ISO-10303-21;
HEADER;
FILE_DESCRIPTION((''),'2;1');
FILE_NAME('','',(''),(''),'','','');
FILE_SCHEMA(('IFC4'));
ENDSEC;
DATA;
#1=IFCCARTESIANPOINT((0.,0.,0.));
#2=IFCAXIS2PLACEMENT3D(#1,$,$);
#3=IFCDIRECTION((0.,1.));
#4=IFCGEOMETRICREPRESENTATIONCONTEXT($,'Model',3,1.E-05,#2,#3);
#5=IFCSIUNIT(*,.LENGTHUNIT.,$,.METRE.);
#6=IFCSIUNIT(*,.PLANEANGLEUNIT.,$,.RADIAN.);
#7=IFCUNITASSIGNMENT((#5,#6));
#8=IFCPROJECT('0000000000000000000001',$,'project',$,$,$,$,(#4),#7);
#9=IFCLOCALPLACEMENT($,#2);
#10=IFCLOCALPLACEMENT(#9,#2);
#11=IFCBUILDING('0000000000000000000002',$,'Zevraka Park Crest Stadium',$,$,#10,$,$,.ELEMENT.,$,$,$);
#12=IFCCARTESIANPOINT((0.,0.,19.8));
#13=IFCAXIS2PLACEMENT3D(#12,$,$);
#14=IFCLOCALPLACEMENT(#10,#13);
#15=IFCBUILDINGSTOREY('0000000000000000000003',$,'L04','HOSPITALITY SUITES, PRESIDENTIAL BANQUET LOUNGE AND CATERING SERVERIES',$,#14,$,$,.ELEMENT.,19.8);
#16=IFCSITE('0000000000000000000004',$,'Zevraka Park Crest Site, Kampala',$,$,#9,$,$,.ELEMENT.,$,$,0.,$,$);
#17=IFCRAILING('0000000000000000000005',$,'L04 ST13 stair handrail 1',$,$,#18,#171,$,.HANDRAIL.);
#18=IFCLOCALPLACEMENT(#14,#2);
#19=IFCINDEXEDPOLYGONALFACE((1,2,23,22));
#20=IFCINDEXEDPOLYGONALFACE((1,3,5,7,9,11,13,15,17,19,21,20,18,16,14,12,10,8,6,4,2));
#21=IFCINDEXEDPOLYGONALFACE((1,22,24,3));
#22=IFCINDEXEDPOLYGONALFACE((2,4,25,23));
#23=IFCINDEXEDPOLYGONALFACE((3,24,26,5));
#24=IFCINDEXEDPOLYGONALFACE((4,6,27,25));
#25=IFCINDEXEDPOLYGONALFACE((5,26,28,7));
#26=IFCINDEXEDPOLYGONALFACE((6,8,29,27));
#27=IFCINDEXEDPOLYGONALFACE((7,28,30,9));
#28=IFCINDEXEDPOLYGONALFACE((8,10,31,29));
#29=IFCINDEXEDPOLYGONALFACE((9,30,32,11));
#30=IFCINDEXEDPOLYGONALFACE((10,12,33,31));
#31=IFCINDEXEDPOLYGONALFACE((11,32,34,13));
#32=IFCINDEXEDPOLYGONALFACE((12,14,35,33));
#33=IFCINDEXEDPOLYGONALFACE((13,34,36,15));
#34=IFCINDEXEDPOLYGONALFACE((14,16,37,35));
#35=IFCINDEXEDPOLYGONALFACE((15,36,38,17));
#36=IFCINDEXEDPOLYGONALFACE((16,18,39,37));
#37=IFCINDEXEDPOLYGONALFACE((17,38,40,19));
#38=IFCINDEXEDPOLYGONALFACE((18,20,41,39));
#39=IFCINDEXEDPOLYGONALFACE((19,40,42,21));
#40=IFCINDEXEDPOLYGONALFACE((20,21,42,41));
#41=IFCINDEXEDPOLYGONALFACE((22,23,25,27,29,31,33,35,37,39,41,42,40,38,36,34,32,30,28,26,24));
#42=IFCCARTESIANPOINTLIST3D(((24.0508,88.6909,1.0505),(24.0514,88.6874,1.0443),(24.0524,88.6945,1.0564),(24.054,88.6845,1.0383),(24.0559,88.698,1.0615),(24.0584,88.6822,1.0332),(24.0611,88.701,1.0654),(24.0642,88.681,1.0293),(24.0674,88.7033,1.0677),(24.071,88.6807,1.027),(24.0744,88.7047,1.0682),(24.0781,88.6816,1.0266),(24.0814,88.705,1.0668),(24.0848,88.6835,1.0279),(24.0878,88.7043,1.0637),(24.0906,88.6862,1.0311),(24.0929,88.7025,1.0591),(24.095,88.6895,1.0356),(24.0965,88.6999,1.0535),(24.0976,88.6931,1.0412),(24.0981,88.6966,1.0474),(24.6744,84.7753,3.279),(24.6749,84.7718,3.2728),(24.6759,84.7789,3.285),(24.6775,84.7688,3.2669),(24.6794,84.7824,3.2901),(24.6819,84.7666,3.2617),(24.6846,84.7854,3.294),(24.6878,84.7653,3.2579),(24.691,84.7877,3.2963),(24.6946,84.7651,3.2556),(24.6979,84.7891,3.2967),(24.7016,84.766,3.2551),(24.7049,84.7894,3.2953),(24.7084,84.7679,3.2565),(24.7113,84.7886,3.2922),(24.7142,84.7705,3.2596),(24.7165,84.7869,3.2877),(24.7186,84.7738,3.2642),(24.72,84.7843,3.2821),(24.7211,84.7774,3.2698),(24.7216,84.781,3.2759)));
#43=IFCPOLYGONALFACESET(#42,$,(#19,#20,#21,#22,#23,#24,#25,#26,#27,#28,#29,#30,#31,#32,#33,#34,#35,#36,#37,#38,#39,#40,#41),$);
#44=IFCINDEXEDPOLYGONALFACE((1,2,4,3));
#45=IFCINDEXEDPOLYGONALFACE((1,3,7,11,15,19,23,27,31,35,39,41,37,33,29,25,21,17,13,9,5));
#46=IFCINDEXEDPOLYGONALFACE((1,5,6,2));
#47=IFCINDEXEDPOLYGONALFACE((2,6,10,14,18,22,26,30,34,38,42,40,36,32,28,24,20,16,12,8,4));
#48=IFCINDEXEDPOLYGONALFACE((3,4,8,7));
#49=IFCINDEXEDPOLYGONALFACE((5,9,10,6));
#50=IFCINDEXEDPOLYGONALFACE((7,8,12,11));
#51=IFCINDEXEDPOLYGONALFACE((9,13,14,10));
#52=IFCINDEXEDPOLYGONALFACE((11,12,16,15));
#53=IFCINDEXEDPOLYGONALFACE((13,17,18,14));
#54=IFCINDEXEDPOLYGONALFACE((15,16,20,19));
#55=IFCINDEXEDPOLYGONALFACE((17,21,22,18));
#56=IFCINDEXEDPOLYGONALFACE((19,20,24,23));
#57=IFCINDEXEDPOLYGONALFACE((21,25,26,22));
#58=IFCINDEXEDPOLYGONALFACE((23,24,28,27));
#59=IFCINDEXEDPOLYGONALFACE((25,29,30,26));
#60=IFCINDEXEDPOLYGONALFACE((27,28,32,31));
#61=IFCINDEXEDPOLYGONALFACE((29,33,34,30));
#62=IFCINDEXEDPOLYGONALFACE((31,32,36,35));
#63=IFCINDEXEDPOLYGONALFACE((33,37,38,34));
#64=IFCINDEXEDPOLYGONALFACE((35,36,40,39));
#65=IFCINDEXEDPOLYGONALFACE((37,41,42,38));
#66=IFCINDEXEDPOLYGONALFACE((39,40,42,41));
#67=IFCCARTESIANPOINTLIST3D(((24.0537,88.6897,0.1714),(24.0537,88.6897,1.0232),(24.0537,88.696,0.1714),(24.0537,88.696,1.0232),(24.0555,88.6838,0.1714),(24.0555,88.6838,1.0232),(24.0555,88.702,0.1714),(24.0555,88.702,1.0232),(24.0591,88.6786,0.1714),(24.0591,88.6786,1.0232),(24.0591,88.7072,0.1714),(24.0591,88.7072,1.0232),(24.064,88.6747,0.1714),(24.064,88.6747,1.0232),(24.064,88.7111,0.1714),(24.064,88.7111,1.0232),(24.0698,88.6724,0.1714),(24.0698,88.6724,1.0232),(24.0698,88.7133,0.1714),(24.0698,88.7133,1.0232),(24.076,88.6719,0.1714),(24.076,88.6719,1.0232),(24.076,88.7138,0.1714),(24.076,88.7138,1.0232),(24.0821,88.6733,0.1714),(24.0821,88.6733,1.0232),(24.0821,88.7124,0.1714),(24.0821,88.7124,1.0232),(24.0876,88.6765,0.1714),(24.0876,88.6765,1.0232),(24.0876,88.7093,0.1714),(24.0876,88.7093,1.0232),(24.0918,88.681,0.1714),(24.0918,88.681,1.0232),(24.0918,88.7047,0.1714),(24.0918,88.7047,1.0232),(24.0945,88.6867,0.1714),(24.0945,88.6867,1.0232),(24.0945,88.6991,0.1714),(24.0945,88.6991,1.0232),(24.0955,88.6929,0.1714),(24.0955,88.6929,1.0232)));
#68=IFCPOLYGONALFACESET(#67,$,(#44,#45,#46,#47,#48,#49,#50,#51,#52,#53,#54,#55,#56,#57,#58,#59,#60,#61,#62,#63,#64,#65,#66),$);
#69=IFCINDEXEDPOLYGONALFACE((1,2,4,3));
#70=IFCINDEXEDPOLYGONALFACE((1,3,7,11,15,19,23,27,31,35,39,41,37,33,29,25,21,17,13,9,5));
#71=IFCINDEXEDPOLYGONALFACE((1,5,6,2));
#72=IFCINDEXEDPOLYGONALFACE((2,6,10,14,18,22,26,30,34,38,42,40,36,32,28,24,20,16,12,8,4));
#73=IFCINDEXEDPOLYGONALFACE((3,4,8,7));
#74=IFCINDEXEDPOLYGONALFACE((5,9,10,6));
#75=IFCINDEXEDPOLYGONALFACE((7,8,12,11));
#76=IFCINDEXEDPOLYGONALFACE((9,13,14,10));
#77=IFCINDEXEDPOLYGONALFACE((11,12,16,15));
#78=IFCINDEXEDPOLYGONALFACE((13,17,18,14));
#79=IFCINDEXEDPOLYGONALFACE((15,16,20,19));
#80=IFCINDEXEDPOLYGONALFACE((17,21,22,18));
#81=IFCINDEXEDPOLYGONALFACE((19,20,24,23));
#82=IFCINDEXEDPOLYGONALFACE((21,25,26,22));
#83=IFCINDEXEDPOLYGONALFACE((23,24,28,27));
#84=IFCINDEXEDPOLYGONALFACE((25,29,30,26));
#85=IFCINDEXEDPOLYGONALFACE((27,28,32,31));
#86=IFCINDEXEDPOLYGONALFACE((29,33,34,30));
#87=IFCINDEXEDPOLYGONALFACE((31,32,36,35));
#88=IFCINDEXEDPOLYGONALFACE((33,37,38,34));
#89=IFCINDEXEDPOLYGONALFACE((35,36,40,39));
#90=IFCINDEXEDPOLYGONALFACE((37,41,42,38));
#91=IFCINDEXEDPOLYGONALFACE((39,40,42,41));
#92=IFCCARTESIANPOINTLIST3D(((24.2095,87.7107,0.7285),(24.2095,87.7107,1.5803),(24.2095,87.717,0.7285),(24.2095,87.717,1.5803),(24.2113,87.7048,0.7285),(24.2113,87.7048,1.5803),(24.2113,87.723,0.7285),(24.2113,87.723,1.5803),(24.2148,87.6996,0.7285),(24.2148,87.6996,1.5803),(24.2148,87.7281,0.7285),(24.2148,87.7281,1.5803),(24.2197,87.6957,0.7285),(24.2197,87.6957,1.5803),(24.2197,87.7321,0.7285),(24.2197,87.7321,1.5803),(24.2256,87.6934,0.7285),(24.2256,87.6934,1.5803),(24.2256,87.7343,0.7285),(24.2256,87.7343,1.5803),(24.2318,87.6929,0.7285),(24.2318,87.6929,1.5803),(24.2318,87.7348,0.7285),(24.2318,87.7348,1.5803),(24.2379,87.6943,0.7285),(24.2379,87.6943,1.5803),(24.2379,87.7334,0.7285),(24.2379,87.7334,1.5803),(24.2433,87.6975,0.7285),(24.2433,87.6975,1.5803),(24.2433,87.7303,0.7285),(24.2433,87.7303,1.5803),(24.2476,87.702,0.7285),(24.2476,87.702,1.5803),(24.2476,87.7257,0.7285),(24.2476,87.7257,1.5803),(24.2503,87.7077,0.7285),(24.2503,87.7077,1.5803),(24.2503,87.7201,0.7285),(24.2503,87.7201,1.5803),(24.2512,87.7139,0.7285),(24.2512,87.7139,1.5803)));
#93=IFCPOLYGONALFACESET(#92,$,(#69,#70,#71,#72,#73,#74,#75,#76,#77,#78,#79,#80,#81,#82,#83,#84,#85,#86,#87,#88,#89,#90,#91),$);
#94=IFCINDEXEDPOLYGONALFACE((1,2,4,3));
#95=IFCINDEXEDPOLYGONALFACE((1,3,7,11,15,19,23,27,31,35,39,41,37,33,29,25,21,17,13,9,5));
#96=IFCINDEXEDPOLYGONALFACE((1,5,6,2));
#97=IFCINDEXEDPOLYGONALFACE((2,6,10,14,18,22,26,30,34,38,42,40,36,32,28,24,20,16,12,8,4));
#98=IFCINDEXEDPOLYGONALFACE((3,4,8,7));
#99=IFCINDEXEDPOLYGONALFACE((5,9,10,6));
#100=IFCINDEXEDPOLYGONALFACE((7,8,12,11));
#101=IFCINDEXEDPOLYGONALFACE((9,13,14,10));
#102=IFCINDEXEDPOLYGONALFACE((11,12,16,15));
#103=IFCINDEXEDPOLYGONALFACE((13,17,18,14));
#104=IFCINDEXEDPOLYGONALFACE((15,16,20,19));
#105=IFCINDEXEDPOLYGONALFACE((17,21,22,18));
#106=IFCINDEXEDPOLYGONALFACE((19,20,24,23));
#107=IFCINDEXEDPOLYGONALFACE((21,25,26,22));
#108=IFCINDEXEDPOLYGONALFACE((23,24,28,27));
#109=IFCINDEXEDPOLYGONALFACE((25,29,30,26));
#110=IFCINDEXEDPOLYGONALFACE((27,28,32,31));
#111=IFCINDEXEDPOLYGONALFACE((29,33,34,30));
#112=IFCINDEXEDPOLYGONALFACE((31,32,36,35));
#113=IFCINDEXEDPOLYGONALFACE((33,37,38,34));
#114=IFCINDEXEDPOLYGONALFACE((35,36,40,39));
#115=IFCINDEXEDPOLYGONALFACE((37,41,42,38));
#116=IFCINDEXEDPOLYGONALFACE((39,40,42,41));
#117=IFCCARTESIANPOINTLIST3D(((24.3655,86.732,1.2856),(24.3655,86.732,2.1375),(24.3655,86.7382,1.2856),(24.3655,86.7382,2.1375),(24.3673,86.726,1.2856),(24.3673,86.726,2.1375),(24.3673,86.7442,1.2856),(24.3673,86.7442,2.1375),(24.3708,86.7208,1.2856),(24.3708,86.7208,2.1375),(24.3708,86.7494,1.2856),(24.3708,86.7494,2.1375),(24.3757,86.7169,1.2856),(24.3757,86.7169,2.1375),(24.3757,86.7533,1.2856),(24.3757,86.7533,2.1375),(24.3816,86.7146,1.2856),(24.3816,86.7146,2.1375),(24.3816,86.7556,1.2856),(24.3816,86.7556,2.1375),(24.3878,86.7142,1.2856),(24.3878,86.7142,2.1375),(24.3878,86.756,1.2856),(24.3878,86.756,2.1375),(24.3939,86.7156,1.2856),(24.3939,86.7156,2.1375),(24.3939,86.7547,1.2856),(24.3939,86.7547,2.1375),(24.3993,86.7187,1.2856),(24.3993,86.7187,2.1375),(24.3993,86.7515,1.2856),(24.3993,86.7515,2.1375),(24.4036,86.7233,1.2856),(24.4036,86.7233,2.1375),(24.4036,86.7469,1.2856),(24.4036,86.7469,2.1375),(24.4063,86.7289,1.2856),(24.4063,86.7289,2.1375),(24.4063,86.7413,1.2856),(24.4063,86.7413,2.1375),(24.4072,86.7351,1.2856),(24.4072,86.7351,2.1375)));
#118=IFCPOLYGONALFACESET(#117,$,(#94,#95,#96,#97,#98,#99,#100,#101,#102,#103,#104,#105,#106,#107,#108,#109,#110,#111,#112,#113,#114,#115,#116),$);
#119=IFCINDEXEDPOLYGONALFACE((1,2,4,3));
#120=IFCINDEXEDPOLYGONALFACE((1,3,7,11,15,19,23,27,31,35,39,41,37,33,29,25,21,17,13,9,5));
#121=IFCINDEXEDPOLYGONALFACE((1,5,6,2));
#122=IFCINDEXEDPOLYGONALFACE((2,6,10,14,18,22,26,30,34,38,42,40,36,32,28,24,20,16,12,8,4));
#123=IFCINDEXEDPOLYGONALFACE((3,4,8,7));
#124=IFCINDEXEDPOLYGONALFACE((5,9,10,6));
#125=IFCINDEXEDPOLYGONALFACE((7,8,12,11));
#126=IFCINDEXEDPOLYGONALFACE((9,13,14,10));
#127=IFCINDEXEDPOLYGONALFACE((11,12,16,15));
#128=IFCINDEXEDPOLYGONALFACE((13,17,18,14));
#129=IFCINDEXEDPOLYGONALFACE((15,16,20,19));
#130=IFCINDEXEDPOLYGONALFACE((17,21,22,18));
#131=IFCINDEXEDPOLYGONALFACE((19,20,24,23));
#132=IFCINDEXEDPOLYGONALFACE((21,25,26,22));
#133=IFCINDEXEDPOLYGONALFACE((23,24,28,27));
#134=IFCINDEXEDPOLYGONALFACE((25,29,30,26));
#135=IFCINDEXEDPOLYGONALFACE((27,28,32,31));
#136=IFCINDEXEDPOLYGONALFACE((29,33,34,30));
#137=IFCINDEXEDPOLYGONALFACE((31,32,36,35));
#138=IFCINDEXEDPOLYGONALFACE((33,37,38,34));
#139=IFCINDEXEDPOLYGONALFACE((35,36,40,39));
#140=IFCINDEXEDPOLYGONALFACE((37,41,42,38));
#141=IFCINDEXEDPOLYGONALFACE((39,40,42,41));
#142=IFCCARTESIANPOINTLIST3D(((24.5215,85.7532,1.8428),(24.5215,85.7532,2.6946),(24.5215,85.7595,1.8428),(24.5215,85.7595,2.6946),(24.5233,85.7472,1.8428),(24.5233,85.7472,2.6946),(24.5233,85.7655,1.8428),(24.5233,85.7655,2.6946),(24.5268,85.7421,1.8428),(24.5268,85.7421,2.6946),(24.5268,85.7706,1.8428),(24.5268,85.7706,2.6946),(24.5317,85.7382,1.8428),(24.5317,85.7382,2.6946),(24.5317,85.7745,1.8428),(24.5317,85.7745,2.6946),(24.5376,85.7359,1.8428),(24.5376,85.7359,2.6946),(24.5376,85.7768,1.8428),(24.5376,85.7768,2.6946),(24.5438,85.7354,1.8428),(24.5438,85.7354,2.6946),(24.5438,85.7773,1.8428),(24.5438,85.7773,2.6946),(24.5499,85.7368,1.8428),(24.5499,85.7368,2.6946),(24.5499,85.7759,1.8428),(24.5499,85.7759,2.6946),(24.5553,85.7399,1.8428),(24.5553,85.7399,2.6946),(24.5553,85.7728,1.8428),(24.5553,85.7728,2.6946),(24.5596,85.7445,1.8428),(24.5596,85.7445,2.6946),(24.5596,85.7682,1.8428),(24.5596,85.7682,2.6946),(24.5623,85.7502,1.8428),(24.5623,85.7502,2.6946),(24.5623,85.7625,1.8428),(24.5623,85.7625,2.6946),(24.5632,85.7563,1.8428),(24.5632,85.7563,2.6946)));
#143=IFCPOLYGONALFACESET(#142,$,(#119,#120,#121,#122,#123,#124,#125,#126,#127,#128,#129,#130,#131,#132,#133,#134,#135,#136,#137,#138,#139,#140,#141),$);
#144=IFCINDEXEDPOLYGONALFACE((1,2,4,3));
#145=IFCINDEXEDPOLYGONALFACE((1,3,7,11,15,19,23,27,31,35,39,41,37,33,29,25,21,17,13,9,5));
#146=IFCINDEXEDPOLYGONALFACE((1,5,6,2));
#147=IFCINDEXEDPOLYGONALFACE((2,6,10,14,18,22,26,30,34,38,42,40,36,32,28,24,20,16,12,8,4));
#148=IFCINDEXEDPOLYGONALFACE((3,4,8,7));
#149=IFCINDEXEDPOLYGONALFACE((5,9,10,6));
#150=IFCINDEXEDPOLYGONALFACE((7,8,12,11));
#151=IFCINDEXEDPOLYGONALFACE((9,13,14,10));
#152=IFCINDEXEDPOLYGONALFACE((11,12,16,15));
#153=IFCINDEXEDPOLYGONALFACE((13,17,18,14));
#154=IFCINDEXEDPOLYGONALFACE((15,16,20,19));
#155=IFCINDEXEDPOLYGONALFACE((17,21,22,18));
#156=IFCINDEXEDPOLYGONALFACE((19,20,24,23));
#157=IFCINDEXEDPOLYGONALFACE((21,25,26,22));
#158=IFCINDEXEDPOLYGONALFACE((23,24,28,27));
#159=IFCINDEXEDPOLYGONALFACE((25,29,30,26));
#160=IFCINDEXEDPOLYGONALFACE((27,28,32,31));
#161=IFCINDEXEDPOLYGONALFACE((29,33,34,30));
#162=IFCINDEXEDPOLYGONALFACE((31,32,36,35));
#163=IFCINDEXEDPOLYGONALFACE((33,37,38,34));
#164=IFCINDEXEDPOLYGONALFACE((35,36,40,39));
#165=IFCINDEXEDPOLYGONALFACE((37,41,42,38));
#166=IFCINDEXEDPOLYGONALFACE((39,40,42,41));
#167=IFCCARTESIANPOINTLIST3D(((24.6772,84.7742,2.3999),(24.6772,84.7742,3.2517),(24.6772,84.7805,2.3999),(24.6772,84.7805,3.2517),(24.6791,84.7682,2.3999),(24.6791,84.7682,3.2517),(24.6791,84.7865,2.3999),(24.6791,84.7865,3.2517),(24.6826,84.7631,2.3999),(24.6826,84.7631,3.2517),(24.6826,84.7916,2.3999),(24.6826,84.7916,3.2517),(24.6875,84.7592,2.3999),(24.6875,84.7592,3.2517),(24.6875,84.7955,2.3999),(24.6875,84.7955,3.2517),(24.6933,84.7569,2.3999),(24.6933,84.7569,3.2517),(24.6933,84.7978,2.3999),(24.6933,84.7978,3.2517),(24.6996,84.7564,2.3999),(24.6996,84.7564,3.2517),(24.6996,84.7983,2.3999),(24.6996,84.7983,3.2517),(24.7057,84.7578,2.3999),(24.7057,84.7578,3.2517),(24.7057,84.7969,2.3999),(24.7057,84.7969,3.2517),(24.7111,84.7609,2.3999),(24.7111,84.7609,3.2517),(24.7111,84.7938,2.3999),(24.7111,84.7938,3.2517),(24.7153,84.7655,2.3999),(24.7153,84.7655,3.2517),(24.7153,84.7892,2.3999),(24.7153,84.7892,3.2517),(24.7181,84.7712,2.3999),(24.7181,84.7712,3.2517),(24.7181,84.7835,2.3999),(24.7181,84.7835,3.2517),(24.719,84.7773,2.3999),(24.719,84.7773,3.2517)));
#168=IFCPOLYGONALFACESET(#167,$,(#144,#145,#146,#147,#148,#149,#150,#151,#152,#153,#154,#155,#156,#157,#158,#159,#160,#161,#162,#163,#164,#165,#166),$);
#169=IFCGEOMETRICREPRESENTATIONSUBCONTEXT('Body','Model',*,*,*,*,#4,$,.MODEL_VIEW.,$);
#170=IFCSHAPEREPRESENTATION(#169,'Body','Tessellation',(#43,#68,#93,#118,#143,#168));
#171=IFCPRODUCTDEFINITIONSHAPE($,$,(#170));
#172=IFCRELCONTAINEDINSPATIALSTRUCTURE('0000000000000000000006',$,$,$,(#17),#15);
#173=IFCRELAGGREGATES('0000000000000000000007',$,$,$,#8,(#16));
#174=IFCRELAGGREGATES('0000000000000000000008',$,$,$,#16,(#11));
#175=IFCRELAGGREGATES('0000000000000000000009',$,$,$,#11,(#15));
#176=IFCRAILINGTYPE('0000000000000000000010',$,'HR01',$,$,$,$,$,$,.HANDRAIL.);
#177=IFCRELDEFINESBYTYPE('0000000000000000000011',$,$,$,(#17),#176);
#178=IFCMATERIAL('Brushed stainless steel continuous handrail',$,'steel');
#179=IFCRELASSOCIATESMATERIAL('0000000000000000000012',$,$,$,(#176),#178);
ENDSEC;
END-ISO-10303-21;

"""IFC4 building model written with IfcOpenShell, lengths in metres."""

from ifc_helpers import new_model, si_unit, direction, frame, origin, origin_2d, place, context, subcontext, project, spatial, circle, extrude, material, type_object, element, save


model = new_model("IFC4")

# Units and contexts
model_context = context("Model", 3, precision=1e-05, world=origin(), true_north=direction((0.0, 1.0)))
body_context = subcontext(model_context, "Body", "Model", "MODEL_VIEW")
ifc_project = project(units=[si_unit("LENGTHUNIT", "METRE"), si_unit("PLANEANGLEUNIT", "RADIAN")], contexts=[model_context])

# Site, building, storey
site_placement = place(None, origin())
site = spatial("IfcSite", under=ifc_project, at=site_placement, Name="Zevraka Park Crest Site, Kampala", CompositionType="ELEMENT", RefElevation=0.0)
building_placement = place(site_placement, origin())
building = spatial("IfcBuilding", under=site, at=building_placement, Name="Zevraka Park Crest Stadium", CompositionType="ELEMENT")
storey_placement = place(building_placement, frame((0.0, 0.0, 19.8)))
storey = spatial("IfcBuildingStorey", under=building, at=storey_placement, Name="L04", Description="HOSPITALITY SUITES, PRESIDENTIAL BANQUET LOUNGE AND CATERING SERVERIES", CompositionType="ELEMENT", Elevation=19.8)

# Railing
ifc_material_1 = material(Name="Brushed stainless steel continuous handrail", Category="steel")
railing_type_1 = type_object("IfcRailingType", Name="HR01", PredefinedType="HANDRAIL", material=ifc_material_1)
railing_1_placement = place(storey_placement, frame((24.0745, 88.6929, 0.1714)))
element("IfcRailing", 1, at=railing_1_placement, inside=storey, type_object=railing_type_1, Name="L04 ST13 stair handrail 1", PredefinedType="HANDRAIL", context=body_context, shape_type="SweptSolid", body=[
    extrude(circle(Radius=0.0239, at=origin_2d()), frame((0.0, 0.0, 0.876), z_axis=(0.137094, -0.86089, 0.489974), x_axis=(0.987556, 0.157265, 0.0)), (0.0, 0.0, 1.0), 4.5483),
    extrude(circle(Radius=0.021, at=origin_2d()), origin(), (0.0, 0.0, 1.0), 0.8518),
    extrude(circle(Radius=0.021, at=origin_2d()), frame((0.1558, -0.979, 0.5571)), (0.0, 0.0, 1.0), 0.8518),
    extrude(circle(Radius=0.021, at=origin_2d()), frame((0.3118, -1.9578, 1.1143)), (0.0, 0.0, 1.0), 0.8518),
    extrude(circle(Radius=0.021, at=origin_2d()), frame((0.4678, -2.9365, 1.6714)), (0.0, 0.0, 1.0), 0.8518),
    extrude(circle(Radius=0.021, at=origin_2d()), frame((0.6235, -3.9155, 2.2285)), (0.0, 0.0, 1.0), 0.8518),
])

save(model, "model.ifc")
